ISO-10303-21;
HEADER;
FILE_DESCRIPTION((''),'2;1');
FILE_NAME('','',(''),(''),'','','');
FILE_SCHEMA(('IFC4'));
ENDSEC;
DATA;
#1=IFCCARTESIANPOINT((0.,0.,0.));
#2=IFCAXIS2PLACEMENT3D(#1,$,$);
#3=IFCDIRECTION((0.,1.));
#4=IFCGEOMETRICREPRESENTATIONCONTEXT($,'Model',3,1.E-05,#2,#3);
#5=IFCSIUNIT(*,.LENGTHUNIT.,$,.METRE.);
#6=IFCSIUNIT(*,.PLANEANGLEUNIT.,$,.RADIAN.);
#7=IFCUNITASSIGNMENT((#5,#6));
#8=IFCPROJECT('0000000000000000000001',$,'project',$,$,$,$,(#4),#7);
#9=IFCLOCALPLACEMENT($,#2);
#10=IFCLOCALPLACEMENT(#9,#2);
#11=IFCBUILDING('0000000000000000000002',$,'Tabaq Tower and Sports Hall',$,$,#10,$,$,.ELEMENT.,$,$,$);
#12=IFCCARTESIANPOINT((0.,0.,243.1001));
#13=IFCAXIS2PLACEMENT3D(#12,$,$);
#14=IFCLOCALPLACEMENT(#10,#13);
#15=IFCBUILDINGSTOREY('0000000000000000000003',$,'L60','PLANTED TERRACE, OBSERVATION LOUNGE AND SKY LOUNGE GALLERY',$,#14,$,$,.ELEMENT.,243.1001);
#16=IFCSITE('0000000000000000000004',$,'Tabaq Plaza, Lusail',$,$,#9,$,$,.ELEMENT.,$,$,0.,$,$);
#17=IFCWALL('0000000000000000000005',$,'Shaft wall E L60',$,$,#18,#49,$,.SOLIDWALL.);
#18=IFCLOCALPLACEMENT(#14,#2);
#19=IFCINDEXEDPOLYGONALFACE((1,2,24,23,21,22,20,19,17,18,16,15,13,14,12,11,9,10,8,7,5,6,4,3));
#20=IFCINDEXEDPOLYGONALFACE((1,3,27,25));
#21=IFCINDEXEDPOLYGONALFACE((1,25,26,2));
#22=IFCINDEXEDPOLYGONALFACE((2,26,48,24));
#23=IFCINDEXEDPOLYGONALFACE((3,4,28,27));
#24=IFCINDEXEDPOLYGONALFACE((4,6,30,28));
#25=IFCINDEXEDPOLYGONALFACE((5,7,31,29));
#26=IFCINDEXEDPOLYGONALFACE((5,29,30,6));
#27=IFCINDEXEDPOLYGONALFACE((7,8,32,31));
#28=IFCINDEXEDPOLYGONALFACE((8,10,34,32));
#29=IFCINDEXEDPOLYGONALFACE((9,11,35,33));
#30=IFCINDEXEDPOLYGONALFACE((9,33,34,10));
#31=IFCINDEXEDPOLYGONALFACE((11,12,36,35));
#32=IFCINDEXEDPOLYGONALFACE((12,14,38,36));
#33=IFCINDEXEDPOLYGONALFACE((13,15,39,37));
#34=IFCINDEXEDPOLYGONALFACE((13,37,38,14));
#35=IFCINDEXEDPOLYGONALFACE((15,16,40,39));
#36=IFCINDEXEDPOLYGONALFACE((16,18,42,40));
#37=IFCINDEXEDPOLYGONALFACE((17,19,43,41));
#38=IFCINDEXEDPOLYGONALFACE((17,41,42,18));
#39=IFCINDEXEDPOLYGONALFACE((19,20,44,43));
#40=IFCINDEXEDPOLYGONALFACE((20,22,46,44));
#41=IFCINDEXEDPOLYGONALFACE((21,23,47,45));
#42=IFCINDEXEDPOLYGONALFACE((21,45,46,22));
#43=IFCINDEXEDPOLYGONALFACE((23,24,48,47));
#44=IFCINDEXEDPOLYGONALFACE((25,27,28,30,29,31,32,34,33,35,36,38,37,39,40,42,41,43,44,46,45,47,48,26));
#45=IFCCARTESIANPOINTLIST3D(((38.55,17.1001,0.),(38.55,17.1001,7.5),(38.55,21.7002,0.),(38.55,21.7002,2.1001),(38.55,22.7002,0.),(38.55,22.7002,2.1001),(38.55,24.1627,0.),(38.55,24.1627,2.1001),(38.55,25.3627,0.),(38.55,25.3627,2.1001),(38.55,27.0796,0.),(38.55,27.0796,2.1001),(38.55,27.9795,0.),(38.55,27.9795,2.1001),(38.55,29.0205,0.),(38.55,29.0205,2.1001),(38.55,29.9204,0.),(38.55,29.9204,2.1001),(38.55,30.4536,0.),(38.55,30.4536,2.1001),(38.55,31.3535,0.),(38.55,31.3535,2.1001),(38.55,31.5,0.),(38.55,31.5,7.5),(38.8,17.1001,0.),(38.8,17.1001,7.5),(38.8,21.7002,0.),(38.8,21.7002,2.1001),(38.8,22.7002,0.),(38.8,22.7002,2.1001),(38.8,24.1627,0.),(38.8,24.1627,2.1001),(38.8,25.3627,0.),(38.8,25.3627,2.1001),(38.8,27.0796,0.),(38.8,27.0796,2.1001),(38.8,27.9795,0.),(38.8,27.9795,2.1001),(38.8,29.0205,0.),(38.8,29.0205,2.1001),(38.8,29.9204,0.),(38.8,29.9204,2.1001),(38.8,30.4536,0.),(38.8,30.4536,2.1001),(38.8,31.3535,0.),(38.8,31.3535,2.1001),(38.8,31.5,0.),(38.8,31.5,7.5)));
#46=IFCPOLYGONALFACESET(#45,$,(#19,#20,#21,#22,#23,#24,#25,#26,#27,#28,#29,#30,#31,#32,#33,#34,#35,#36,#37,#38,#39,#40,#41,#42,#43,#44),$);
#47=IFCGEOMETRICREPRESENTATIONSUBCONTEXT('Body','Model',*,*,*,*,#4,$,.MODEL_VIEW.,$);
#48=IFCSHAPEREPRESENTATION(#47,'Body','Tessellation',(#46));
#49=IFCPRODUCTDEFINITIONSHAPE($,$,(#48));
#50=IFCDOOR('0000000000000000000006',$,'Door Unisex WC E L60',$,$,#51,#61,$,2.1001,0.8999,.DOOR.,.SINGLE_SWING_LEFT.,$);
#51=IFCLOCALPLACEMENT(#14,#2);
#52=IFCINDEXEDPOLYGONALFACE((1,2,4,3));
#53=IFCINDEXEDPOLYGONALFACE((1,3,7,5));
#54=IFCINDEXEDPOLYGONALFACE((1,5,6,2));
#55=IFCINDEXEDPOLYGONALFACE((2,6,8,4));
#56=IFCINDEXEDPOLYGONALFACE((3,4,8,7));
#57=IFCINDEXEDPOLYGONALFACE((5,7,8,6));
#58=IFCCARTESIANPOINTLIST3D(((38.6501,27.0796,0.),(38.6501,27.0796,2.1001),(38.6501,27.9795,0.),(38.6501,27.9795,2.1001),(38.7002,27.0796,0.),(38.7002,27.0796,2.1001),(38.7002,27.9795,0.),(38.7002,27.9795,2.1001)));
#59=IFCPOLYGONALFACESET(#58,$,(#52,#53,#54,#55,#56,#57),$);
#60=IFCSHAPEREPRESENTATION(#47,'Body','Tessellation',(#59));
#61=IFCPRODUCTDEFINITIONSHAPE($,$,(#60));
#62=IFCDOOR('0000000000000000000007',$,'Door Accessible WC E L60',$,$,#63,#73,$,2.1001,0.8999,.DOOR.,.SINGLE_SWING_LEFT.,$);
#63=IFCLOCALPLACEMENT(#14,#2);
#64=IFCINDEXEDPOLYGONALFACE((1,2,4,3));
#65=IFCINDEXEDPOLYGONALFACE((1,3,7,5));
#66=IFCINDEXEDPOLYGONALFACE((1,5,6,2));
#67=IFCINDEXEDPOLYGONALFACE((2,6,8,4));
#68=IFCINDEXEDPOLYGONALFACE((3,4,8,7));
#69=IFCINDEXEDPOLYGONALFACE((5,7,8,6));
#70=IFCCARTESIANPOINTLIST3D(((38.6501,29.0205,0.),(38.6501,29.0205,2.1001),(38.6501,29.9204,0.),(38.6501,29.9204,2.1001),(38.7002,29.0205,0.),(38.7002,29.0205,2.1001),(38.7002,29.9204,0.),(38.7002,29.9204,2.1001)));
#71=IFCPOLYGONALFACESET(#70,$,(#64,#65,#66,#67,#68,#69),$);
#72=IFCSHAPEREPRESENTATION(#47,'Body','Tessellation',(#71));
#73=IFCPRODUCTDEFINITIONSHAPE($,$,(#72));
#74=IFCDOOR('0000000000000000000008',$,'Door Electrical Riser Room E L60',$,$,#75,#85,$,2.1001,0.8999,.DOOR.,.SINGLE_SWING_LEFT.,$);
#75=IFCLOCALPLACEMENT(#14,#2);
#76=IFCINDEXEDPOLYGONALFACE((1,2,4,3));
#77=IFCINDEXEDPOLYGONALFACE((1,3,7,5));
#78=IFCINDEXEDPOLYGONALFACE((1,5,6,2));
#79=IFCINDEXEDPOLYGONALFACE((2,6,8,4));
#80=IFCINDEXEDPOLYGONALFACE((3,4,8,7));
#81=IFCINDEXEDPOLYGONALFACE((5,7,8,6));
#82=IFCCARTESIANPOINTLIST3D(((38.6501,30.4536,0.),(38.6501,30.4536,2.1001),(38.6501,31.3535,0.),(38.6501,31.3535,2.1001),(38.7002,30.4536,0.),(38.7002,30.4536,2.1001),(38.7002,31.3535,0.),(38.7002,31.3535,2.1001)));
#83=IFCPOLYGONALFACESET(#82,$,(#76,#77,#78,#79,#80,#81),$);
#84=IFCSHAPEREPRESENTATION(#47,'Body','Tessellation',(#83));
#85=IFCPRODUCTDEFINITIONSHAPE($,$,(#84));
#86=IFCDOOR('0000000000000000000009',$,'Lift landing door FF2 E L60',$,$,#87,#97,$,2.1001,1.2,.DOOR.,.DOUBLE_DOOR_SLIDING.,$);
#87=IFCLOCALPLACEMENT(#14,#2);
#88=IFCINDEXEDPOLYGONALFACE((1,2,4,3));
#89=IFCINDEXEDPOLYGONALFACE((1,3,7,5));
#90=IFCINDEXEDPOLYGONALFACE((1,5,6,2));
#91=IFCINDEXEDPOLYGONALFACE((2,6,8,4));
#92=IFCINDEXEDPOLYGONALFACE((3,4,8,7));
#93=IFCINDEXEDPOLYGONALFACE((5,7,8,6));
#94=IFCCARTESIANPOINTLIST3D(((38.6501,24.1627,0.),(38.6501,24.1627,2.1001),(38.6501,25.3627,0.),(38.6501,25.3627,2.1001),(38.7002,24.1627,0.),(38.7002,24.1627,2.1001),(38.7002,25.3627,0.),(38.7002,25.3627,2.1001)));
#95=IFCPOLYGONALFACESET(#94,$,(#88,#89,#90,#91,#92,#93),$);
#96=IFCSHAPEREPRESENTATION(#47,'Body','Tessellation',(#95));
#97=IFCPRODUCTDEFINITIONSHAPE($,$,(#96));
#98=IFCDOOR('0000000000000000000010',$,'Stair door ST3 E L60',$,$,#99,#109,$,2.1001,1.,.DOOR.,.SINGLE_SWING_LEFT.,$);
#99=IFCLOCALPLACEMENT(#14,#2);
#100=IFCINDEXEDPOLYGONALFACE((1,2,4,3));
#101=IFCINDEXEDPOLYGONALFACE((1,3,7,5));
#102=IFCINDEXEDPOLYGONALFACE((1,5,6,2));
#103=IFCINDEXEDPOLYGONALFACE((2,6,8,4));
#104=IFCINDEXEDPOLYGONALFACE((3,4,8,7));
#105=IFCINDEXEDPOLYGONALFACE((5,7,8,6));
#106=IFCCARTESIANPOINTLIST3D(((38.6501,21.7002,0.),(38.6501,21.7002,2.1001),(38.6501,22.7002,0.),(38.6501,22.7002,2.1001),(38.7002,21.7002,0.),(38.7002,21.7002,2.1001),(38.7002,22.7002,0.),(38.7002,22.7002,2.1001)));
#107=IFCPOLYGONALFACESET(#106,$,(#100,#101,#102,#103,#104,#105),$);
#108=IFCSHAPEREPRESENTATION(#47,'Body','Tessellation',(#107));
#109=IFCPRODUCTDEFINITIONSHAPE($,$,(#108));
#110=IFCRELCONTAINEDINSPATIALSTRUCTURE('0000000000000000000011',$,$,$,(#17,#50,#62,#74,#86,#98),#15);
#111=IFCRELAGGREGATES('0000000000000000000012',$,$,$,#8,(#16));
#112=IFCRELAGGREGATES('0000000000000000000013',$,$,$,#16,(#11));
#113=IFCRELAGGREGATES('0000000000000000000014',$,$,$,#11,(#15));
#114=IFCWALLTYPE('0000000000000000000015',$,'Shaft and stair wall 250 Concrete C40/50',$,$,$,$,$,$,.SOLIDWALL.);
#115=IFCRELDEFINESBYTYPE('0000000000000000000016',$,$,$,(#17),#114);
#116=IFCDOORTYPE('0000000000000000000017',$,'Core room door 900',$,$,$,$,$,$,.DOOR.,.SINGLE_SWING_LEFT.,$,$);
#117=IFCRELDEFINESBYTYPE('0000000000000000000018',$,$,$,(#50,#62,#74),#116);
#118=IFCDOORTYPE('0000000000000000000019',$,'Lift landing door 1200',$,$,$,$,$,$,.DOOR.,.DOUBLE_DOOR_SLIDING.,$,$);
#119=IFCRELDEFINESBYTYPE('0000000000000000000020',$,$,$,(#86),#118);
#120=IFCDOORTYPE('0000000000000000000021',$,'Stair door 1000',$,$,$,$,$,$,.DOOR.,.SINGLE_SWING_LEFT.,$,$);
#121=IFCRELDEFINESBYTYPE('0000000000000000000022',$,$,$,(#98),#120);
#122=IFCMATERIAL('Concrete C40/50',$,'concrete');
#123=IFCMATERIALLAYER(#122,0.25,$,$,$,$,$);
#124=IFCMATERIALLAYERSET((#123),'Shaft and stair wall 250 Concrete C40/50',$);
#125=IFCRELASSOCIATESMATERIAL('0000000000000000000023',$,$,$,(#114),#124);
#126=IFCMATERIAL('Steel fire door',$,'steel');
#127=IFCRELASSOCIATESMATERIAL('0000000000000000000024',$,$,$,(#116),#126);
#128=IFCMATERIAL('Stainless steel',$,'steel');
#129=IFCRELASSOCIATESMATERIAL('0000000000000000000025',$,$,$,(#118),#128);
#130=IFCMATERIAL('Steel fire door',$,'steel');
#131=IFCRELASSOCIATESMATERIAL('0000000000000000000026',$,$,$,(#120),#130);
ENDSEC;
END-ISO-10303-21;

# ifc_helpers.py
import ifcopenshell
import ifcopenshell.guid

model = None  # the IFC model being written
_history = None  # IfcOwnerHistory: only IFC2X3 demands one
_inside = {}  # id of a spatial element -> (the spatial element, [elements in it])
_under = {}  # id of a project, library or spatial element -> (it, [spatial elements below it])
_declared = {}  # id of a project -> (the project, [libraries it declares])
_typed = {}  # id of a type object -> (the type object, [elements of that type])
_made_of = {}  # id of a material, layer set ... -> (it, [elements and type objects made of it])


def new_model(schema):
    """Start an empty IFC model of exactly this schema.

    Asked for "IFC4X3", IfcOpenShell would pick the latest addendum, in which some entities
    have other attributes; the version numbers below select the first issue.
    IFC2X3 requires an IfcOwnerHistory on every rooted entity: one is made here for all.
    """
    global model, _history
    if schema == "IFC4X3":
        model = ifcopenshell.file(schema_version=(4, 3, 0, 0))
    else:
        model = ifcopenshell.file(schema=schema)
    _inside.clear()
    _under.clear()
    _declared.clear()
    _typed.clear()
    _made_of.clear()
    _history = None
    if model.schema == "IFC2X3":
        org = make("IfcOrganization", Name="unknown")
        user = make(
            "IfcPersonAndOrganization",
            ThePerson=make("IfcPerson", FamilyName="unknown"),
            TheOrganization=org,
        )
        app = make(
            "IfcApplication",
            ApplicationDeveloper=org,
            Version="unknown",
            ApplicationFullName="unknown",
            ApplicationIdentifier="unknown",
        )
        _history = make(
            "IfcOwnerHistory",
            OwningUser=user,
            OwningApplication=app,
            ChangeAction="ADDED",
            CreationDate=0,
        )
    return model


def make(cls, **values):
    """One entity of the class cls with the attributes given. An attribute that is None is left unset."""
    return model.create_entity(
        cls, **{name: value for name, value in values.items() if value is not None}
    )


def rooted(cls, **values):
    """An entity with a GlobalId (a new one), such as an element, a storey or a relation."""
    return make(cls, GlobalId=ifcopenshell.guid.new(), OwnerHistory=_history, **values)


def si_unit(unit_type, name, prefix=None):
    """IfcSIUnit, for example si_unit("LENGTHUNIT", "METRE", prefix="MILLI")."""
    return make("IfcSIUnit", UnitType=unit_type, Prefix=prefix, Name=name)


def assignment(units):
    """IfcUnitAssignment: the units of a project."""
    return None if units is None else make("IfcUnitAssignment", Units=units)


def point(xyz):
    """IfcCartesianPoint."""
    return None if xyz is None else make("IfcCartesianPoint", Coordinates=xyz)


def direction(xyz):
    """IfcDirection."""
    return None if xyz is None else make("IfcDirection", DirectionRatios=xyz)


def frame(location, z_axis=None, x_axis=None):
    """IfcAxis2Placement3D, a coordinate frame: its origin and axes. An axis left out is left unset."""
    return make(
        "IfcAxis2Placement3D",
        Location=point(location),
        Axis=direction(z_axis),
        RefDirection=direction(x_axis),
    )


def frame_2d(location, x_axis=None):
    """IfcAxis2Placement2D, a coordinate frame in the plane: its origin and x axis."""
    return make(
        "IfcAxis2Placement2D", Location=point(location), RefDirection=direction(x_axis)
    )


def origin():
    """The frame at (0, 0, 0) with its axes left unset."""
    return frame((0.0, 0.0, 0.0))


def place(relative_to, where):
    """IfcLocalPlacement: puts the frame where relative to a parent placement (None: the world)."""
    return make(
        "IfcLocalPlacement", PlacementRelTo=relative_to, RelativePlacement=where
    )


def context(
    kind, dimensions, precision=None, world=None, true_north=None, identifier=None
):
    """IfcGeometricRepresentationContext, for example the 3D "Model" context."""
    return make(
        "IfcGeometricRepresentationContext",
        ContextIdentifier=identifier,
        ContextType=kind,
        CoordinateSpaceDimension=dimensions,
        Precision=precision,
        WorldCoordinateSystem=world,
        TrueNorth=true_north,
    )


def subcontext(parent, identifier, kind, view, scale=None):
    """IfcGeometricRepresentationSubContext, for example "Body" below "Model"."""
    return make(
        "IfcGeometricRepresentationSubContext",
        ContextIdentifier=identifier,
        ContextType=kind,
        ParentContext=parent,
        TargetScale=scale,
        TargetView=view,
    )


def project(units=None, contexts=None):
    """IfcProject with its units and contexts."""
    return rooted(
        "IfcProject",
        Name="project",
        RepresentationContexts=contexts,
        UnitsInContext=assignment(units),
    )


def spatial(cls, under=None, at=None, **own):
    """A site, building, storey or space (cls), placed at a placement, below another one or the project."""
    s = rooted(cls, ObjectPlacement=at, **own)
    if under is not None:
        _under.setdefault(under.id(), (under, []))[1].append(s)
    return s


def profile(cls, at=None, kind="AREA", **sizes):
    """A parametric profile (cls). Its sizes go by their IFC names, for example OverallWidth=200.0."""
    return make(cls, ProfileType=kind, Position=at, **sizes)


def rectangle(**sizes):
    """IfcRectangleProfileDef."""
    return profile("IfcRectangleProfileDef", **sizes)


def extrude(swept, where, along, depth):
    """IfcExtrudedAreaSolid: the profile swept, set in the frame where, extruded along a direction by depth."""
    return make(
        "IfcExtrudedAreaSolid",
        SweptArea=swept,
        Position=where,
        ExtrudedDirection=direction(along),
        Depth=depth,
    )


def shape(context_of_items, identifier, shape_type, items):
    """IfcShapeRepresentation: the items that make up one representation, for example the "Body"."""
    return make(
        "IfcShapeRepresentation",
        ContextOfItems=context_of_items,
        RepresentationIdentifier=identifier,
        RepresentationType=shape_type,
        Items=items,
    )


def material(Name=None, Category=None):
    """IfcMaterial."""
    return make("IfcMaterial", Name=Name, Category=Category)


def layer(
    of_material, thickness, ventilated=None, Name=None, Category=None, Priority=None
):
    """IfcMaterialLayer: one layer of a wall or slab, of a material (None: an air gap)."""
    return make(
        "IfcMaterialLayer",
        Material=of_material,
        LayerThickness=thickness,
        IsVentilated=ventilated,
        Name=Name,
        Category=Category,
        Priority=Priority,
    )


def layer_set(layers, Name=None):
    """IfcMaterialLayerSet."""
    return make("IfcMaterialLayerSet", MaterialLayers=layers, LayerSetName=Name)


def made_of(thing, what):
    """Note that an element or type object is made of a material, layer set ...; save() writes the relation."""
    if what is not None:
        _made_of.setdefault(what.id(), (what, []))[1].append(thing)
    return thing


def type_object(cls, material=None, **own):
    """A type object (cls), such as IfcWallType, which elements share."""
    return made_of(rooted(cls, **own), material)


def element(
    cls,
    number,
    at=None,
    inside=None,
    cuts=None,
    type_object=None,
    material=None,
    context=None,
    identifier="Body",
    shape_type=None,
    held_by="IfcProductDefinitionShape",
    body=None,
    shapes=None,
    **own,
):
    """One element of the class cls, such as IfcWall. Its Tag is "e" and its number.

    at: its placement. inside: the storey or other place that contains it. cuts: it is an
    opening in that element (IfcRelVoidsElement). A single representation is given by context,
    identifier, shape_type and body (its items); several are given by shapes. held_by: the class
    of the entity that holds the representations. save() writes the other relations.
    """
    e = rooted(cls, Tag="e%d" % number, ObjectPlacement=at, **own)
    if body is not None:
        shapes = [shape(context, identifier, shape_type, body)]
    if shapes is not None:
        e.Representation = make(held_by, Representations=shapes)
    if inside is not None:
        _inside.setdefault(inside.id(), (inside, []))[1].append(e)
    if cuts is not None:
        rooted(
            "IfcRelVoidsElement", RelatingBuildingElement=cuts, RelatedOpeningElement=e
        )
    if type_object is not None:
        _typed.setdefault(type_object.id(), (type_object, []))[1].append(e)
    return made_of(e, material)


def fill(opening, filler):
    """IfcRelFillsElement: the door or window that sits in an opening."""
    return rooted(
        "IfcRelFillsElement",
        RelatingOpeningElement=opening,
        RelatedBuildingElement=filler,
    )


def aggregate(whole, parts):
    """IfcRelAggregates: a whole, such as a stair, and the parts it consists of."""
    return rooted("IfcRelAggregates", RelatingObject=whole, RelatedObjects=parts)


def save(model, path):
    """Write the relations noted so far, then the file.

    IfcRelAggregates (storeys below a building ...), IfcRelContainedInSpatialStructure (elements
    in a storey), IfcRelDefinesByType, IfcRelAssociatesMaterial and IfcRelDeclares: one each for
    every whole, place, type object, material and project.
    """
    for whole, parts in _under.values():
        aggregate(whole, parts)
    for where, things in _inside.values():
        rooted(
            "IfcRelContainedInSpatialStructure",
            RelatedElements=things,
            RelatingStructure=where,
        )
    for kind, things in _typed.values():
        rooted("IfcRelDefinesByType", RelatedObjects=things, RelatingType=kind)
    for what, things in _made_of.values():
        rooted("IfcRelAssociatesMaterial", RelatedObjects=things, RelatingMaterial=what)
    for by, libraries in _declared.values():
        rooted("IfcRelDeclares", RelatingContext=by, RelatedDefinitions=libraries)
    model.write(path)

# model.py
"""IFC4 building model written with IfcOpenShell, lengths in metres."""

from ifc_helpers import new_model, si_unit, direction, frame, frame_2d, origin, place, context, subcontext, project, spatial, rectangle, extrude, material, layer, layer_set, type_object, element, fill, save


model = new_model("IFC4")

# Units and contexts
model_context = context("Model", 3, precision=1e-05, world=origin(), true_north=direction((0.0, 1.0)))
body_context = subcontext(model_context, "Body", "Model", "MODEL_VIEW")
ifc_project = project(units=[si_unit("LENGTHUNIT", "METRE"), si_unit("PLANEANGLEUNIT", "RADIAN")], contexts=[model_context])

# Site, building, storey
site_placement = place(None, origin())
site = spatial("IfcSite", under=ifc_project, at=site_placement, Name="Tabaq Plaza, Lusail", CompositionType="ELEMENT", RefElevation=0.0)
building_placement = place(site_placement, origin())
building = spatial("IfcBuilding", under=site, at=building_placement, Name="Tabaq Tower and Sports Hall", CompositionType="ELEMENT")
storey_placement = place(building_placement, frame((0.0, 0.0, 243.1001)))
storey = spatial("IfcBuildingStorey", under=building, at=storey_placement, Name="L60", Description="PLANTED TERRACE, OBSERVATION LOUNGE AND SKY LOUNGE GALLERY", CompositionType="ELEMENT", Elevation=243.1001)

# Wall, openings, doors
ifc_material_1 = material(Name="Concrete C40/50", Category="concrete")
ifc_layer_1 = layer(ifc_material_1, 0.25)
ifc_layer_set_1 = layer_set([ifc_layer_1], Name="Shaft and stair wall 250 Concrete C40/50")
wall_type_1 = type_object("IfcWallType", Name="Shaft and stair wall 250 Concrete C40/50", PredefinedType="SOLIDWALL", material=ifc_layer_set_1)
wall_1_placement = place(storey_placement, frame((38.675, 17.1001, 0.0), z_axis=(0.0, 0.0, 1.0), x_axis=(0.0, 1.0, 0.0)))
wall_1 = element("IfcWall", 1, at=wall_1_placement, inside=storey, type_object=wall_type_1, Name="Shaft wall E L60", PredefinedType="SOLIDWALL", context=body_context, shape_type="SweptSolid", body=[
    extrude(rectangle(XDim=14.3999, YDim=0.25, at=frame_2d((7.2, 0.0))), origin(), (0.0, 0.0, 1.0), 7.5),
])
opening_1_placement = place(wall_1_placement, frame((4.6001, 0.0, 0.0)))
opening_1 = element("IfcOpeningElement", 2, at=opening_1_placement, cuts=wall_1, PredefinedType="OPENING", context=body_context, shape_type="SweptSolid", body=[
    extrude(rectangle(XDim=1.0, YDim=2.1001, at=frame_2d((0.5, 1.05))), frame((0.0, 0.125, 0.0), z_axis=(0.0, -1.0, 0.0), x_axis=(1.0, 0.0, 0.0)), (0.0, 0.0, 1.0), 0.25),
])
opening_2_placement = place(wall_1_placement, frame((7.0625, 0.0, 0.0)))
opening_2 = element("IfcOpeningElement", 3, at=opening_2_placement, cuts=wall_1, PredefinedType="OPENING", context=body_context, shape_type="SweptSolid", body=[
    extrude(rectangle(XDim=1.2, YDim=2.1001, at=frame_2d((0.6001, 1.05))), frame((0.0, 0.125, 0.0), z_axis=(0.0, -1.0, 0.0), x_axis=(1.0, 0.0, 0.0)), (0.0, 0.0, 1.0), 0.25),
])
opening_3_placement = place(wall_1_placement, frame((9.9795, 0.0, 0.0)))
opening_3 = element("IfcOpeningElement", 4, at=opening_3_placement, cuts=wall_1, PredefinedType="OPENING", context=body_context, shape_type="SweptSolid", body=[
    extrude(rectangle(XDim=0.8999, YDim=2.1001, at=frame_2d((0.45, 1.05))), frame((0.0, 0.125, 0.0), z_axis=(0.0, -1.0, 0.0), x_axis=(1.0, 0.0, 0.0)), (0.0, 0.0, 1.0), 0.25),
])
opening_4_placement = place(wall_1_placement, frame((11.9204, 0.0, 0.0)))
opening_4 = element("IfcOpeningElement", 5, at=opening_4_placement, cuts=wall_1, PredefinedType="OPENING", context=body_context, shape_type="SweptSolid", body=[
    extrude(rectangle(XDim=0.8999, YDim=2.1001, at=frame_2d((0.45, 1.05))), frame((0.0, 0.125, 0.0), z_axis=(0.0, -1.0, 0.0), x_axis=(1.0, 0.0, 0.0)), (0.0, 0.0, 1.0), 0.25),
])
opening_5_placement = place(wall_1_placement, frame((13.3535, 0.0, 0.0)))
opening_5 = element("IfcOpeningElement", 6, at=opening_5_placement, cuts=wall_1, PredefinedType="OPENING", context=body_context, shape_type="SweptSolid", body=[
    extrude(rectangle(XDim=0.8999, YDim=2.1001, at=frame_2d((0.45, 1.05))), frame((0.0, 0.125, 0.0), z_axis=(0.0, -1.0, 0.0), x_axis=(1.0, 0.0, 0.0)), (0.0, 0.0, 1.0), 0.25),
])
ifc_material_2 = material(Name="Steel fire door", Category="steel")
door_type_1 = type_object("IfcDoorType", Name="Core room door 900", OperationType="SINGLE_SWING_LEFT", PredefinedType="DOOR", material=ifc_material_2)
door_1_placement = place(opening_3_placement, origin())
door_1 = element("IfcDoor", 7, at=door_1_placement, inside=storey, type_object=door_type_1, Name="Door Unisex WC E L60", OperationType="SINGLE_SWING_LEFT", OverallHeight=2.1001, OverallWidth=0.8999, PredefinedType="DOOR", context=body_context, shape_type="SweptSolid", body=[
    extrude(rectangle(XDim=0.8999, YDim=2.1001, at=frame_2d((0.45, 1.05))), frame((0.0, 0.0249, 0.0), z_axis=(0.0, -1.0, 0.0), x_axis=(1.0, 0.0, 0.0)), (0.0, 0.0, 1.0), 0.05),
])
fill(opening_3, door_1)
door_2_placement = place(opening_4_placement, origin())
door_2 = element("IfcDoor", 8, at=door_2_placement, inside=storey, type_object=door_type_1, Name="Door Accessible WC E L60", OperationType="SINGLE_SWING_LEFT", OverallHeight=2.1001, OverallWidth=0.8999, PredefinedType="DOOR", context=body_context, shape_type="SweptSolid", body=[
    extrude(rectangle(XDim=0.8999, YDim=2.1001, at=frame_2d((0.45, 1.05))), frame((0.0, 0.0249, 0.0), z_axis=(0.0, -1.0, 0.0), x_axis=(1.0, 0.0, 0.0)), (0.0, 0.0, 1.0), 0.05),
])
fill(opening_4, door_2)
door_3_placement = place(opening_5_placement, origin())
door_3 = element("IfcDoor", 9, at=door_3_placement, inside=storey, type_object=door_type_1, Name="Door Electrical Riser Room E L60", OperationType="SINGLE_SWING_LEFT", OverallHeight=2.1001, OverallWidth=0.8999, PredefinedType="DOOR", context=body_context, shape_type="SweptSolid", body=[
    extrude(rectangle(XDim=0.8999, YDim=2.1001, at=frame_2d((0.45, 1.05))), frame((0.0, 0.0249, 0.0), z_axis=(0.0, -1.0, 0.0), x_axis=(1.0, 0.0, 0.0)), (0.0, 0.0, 1.0), 0.05),
])
fill(opening_5, door_3)
ifc_material_3 = material(Name="Stainless steel", Category="steel")
door_type_2 = type_object("IfcDoorType", Name="Lift landing door 1200", OperationType="DOUBLE_DOOR_SLIDING", PredefinedType="DOOR", material=ifc_material_3)
door_4_placement = place(opening_2_placement, origin())
door_4 = element("IfcDoor", 10, at=door_4_placement, inside=storey, type_object=door_type_2, Name="Lift landing door FF2 E L60", OperationType="DOUBLE_DOOR_SLIDING", OverallHeight=2.1001, OverallWidth=1.2, PredefinedType="DOOR", context=body_context, shape_type="SweptSolid", body=[
    extrude(rectangle(XDim=1.2, YDim=2.1001, at=frame_2d((0.6001, 1.05))), frame((0.0, 0.0249, 0.0), z_axis=(0.0, -1.0, 0.0), x_axis=(1.0, 0.0, 0.0)), (0.0, 0.0, 1.0), 0.05),
])
fill(opening_2, door_4)
ifc_material_4 = material(Name="Steel fire door", Category="steel")
door_type_3 = type_object("IfcDoorType", Name="Stair door 1000", OperationType="SINGLE_SWING_LEFT", PredefinedType="DOOR", material=ifc_material_4)
door_5_placement = place(opening_1_placement, origin())
door_5 = element("IfcDoor", 11, at=door_5_placement, inside=storey, type_object=door_type_3, Name="Stair door ST3 E L60", OperationType="SINGLE_SWING_LEFT", OverallHeight=2.1001, OverallWidth=1.0, PredefinedType="DOOR", context=body_context, shape_type="SweptSolid", body=[
    extrude(rectangle(XDim=1.0, YDim=2.1001, at=frame_2d((0.5, 1.05))), frame((0.0, 0.0249, 0.0), z_axis=(0.0, -1.0, 0.0), x_axis=(1.0, 0.0, 0.0)), (0.0, 0.0, 1.0), 0.05),
])
fill(opening_1, door_5)

save(model, "model.ifc")
